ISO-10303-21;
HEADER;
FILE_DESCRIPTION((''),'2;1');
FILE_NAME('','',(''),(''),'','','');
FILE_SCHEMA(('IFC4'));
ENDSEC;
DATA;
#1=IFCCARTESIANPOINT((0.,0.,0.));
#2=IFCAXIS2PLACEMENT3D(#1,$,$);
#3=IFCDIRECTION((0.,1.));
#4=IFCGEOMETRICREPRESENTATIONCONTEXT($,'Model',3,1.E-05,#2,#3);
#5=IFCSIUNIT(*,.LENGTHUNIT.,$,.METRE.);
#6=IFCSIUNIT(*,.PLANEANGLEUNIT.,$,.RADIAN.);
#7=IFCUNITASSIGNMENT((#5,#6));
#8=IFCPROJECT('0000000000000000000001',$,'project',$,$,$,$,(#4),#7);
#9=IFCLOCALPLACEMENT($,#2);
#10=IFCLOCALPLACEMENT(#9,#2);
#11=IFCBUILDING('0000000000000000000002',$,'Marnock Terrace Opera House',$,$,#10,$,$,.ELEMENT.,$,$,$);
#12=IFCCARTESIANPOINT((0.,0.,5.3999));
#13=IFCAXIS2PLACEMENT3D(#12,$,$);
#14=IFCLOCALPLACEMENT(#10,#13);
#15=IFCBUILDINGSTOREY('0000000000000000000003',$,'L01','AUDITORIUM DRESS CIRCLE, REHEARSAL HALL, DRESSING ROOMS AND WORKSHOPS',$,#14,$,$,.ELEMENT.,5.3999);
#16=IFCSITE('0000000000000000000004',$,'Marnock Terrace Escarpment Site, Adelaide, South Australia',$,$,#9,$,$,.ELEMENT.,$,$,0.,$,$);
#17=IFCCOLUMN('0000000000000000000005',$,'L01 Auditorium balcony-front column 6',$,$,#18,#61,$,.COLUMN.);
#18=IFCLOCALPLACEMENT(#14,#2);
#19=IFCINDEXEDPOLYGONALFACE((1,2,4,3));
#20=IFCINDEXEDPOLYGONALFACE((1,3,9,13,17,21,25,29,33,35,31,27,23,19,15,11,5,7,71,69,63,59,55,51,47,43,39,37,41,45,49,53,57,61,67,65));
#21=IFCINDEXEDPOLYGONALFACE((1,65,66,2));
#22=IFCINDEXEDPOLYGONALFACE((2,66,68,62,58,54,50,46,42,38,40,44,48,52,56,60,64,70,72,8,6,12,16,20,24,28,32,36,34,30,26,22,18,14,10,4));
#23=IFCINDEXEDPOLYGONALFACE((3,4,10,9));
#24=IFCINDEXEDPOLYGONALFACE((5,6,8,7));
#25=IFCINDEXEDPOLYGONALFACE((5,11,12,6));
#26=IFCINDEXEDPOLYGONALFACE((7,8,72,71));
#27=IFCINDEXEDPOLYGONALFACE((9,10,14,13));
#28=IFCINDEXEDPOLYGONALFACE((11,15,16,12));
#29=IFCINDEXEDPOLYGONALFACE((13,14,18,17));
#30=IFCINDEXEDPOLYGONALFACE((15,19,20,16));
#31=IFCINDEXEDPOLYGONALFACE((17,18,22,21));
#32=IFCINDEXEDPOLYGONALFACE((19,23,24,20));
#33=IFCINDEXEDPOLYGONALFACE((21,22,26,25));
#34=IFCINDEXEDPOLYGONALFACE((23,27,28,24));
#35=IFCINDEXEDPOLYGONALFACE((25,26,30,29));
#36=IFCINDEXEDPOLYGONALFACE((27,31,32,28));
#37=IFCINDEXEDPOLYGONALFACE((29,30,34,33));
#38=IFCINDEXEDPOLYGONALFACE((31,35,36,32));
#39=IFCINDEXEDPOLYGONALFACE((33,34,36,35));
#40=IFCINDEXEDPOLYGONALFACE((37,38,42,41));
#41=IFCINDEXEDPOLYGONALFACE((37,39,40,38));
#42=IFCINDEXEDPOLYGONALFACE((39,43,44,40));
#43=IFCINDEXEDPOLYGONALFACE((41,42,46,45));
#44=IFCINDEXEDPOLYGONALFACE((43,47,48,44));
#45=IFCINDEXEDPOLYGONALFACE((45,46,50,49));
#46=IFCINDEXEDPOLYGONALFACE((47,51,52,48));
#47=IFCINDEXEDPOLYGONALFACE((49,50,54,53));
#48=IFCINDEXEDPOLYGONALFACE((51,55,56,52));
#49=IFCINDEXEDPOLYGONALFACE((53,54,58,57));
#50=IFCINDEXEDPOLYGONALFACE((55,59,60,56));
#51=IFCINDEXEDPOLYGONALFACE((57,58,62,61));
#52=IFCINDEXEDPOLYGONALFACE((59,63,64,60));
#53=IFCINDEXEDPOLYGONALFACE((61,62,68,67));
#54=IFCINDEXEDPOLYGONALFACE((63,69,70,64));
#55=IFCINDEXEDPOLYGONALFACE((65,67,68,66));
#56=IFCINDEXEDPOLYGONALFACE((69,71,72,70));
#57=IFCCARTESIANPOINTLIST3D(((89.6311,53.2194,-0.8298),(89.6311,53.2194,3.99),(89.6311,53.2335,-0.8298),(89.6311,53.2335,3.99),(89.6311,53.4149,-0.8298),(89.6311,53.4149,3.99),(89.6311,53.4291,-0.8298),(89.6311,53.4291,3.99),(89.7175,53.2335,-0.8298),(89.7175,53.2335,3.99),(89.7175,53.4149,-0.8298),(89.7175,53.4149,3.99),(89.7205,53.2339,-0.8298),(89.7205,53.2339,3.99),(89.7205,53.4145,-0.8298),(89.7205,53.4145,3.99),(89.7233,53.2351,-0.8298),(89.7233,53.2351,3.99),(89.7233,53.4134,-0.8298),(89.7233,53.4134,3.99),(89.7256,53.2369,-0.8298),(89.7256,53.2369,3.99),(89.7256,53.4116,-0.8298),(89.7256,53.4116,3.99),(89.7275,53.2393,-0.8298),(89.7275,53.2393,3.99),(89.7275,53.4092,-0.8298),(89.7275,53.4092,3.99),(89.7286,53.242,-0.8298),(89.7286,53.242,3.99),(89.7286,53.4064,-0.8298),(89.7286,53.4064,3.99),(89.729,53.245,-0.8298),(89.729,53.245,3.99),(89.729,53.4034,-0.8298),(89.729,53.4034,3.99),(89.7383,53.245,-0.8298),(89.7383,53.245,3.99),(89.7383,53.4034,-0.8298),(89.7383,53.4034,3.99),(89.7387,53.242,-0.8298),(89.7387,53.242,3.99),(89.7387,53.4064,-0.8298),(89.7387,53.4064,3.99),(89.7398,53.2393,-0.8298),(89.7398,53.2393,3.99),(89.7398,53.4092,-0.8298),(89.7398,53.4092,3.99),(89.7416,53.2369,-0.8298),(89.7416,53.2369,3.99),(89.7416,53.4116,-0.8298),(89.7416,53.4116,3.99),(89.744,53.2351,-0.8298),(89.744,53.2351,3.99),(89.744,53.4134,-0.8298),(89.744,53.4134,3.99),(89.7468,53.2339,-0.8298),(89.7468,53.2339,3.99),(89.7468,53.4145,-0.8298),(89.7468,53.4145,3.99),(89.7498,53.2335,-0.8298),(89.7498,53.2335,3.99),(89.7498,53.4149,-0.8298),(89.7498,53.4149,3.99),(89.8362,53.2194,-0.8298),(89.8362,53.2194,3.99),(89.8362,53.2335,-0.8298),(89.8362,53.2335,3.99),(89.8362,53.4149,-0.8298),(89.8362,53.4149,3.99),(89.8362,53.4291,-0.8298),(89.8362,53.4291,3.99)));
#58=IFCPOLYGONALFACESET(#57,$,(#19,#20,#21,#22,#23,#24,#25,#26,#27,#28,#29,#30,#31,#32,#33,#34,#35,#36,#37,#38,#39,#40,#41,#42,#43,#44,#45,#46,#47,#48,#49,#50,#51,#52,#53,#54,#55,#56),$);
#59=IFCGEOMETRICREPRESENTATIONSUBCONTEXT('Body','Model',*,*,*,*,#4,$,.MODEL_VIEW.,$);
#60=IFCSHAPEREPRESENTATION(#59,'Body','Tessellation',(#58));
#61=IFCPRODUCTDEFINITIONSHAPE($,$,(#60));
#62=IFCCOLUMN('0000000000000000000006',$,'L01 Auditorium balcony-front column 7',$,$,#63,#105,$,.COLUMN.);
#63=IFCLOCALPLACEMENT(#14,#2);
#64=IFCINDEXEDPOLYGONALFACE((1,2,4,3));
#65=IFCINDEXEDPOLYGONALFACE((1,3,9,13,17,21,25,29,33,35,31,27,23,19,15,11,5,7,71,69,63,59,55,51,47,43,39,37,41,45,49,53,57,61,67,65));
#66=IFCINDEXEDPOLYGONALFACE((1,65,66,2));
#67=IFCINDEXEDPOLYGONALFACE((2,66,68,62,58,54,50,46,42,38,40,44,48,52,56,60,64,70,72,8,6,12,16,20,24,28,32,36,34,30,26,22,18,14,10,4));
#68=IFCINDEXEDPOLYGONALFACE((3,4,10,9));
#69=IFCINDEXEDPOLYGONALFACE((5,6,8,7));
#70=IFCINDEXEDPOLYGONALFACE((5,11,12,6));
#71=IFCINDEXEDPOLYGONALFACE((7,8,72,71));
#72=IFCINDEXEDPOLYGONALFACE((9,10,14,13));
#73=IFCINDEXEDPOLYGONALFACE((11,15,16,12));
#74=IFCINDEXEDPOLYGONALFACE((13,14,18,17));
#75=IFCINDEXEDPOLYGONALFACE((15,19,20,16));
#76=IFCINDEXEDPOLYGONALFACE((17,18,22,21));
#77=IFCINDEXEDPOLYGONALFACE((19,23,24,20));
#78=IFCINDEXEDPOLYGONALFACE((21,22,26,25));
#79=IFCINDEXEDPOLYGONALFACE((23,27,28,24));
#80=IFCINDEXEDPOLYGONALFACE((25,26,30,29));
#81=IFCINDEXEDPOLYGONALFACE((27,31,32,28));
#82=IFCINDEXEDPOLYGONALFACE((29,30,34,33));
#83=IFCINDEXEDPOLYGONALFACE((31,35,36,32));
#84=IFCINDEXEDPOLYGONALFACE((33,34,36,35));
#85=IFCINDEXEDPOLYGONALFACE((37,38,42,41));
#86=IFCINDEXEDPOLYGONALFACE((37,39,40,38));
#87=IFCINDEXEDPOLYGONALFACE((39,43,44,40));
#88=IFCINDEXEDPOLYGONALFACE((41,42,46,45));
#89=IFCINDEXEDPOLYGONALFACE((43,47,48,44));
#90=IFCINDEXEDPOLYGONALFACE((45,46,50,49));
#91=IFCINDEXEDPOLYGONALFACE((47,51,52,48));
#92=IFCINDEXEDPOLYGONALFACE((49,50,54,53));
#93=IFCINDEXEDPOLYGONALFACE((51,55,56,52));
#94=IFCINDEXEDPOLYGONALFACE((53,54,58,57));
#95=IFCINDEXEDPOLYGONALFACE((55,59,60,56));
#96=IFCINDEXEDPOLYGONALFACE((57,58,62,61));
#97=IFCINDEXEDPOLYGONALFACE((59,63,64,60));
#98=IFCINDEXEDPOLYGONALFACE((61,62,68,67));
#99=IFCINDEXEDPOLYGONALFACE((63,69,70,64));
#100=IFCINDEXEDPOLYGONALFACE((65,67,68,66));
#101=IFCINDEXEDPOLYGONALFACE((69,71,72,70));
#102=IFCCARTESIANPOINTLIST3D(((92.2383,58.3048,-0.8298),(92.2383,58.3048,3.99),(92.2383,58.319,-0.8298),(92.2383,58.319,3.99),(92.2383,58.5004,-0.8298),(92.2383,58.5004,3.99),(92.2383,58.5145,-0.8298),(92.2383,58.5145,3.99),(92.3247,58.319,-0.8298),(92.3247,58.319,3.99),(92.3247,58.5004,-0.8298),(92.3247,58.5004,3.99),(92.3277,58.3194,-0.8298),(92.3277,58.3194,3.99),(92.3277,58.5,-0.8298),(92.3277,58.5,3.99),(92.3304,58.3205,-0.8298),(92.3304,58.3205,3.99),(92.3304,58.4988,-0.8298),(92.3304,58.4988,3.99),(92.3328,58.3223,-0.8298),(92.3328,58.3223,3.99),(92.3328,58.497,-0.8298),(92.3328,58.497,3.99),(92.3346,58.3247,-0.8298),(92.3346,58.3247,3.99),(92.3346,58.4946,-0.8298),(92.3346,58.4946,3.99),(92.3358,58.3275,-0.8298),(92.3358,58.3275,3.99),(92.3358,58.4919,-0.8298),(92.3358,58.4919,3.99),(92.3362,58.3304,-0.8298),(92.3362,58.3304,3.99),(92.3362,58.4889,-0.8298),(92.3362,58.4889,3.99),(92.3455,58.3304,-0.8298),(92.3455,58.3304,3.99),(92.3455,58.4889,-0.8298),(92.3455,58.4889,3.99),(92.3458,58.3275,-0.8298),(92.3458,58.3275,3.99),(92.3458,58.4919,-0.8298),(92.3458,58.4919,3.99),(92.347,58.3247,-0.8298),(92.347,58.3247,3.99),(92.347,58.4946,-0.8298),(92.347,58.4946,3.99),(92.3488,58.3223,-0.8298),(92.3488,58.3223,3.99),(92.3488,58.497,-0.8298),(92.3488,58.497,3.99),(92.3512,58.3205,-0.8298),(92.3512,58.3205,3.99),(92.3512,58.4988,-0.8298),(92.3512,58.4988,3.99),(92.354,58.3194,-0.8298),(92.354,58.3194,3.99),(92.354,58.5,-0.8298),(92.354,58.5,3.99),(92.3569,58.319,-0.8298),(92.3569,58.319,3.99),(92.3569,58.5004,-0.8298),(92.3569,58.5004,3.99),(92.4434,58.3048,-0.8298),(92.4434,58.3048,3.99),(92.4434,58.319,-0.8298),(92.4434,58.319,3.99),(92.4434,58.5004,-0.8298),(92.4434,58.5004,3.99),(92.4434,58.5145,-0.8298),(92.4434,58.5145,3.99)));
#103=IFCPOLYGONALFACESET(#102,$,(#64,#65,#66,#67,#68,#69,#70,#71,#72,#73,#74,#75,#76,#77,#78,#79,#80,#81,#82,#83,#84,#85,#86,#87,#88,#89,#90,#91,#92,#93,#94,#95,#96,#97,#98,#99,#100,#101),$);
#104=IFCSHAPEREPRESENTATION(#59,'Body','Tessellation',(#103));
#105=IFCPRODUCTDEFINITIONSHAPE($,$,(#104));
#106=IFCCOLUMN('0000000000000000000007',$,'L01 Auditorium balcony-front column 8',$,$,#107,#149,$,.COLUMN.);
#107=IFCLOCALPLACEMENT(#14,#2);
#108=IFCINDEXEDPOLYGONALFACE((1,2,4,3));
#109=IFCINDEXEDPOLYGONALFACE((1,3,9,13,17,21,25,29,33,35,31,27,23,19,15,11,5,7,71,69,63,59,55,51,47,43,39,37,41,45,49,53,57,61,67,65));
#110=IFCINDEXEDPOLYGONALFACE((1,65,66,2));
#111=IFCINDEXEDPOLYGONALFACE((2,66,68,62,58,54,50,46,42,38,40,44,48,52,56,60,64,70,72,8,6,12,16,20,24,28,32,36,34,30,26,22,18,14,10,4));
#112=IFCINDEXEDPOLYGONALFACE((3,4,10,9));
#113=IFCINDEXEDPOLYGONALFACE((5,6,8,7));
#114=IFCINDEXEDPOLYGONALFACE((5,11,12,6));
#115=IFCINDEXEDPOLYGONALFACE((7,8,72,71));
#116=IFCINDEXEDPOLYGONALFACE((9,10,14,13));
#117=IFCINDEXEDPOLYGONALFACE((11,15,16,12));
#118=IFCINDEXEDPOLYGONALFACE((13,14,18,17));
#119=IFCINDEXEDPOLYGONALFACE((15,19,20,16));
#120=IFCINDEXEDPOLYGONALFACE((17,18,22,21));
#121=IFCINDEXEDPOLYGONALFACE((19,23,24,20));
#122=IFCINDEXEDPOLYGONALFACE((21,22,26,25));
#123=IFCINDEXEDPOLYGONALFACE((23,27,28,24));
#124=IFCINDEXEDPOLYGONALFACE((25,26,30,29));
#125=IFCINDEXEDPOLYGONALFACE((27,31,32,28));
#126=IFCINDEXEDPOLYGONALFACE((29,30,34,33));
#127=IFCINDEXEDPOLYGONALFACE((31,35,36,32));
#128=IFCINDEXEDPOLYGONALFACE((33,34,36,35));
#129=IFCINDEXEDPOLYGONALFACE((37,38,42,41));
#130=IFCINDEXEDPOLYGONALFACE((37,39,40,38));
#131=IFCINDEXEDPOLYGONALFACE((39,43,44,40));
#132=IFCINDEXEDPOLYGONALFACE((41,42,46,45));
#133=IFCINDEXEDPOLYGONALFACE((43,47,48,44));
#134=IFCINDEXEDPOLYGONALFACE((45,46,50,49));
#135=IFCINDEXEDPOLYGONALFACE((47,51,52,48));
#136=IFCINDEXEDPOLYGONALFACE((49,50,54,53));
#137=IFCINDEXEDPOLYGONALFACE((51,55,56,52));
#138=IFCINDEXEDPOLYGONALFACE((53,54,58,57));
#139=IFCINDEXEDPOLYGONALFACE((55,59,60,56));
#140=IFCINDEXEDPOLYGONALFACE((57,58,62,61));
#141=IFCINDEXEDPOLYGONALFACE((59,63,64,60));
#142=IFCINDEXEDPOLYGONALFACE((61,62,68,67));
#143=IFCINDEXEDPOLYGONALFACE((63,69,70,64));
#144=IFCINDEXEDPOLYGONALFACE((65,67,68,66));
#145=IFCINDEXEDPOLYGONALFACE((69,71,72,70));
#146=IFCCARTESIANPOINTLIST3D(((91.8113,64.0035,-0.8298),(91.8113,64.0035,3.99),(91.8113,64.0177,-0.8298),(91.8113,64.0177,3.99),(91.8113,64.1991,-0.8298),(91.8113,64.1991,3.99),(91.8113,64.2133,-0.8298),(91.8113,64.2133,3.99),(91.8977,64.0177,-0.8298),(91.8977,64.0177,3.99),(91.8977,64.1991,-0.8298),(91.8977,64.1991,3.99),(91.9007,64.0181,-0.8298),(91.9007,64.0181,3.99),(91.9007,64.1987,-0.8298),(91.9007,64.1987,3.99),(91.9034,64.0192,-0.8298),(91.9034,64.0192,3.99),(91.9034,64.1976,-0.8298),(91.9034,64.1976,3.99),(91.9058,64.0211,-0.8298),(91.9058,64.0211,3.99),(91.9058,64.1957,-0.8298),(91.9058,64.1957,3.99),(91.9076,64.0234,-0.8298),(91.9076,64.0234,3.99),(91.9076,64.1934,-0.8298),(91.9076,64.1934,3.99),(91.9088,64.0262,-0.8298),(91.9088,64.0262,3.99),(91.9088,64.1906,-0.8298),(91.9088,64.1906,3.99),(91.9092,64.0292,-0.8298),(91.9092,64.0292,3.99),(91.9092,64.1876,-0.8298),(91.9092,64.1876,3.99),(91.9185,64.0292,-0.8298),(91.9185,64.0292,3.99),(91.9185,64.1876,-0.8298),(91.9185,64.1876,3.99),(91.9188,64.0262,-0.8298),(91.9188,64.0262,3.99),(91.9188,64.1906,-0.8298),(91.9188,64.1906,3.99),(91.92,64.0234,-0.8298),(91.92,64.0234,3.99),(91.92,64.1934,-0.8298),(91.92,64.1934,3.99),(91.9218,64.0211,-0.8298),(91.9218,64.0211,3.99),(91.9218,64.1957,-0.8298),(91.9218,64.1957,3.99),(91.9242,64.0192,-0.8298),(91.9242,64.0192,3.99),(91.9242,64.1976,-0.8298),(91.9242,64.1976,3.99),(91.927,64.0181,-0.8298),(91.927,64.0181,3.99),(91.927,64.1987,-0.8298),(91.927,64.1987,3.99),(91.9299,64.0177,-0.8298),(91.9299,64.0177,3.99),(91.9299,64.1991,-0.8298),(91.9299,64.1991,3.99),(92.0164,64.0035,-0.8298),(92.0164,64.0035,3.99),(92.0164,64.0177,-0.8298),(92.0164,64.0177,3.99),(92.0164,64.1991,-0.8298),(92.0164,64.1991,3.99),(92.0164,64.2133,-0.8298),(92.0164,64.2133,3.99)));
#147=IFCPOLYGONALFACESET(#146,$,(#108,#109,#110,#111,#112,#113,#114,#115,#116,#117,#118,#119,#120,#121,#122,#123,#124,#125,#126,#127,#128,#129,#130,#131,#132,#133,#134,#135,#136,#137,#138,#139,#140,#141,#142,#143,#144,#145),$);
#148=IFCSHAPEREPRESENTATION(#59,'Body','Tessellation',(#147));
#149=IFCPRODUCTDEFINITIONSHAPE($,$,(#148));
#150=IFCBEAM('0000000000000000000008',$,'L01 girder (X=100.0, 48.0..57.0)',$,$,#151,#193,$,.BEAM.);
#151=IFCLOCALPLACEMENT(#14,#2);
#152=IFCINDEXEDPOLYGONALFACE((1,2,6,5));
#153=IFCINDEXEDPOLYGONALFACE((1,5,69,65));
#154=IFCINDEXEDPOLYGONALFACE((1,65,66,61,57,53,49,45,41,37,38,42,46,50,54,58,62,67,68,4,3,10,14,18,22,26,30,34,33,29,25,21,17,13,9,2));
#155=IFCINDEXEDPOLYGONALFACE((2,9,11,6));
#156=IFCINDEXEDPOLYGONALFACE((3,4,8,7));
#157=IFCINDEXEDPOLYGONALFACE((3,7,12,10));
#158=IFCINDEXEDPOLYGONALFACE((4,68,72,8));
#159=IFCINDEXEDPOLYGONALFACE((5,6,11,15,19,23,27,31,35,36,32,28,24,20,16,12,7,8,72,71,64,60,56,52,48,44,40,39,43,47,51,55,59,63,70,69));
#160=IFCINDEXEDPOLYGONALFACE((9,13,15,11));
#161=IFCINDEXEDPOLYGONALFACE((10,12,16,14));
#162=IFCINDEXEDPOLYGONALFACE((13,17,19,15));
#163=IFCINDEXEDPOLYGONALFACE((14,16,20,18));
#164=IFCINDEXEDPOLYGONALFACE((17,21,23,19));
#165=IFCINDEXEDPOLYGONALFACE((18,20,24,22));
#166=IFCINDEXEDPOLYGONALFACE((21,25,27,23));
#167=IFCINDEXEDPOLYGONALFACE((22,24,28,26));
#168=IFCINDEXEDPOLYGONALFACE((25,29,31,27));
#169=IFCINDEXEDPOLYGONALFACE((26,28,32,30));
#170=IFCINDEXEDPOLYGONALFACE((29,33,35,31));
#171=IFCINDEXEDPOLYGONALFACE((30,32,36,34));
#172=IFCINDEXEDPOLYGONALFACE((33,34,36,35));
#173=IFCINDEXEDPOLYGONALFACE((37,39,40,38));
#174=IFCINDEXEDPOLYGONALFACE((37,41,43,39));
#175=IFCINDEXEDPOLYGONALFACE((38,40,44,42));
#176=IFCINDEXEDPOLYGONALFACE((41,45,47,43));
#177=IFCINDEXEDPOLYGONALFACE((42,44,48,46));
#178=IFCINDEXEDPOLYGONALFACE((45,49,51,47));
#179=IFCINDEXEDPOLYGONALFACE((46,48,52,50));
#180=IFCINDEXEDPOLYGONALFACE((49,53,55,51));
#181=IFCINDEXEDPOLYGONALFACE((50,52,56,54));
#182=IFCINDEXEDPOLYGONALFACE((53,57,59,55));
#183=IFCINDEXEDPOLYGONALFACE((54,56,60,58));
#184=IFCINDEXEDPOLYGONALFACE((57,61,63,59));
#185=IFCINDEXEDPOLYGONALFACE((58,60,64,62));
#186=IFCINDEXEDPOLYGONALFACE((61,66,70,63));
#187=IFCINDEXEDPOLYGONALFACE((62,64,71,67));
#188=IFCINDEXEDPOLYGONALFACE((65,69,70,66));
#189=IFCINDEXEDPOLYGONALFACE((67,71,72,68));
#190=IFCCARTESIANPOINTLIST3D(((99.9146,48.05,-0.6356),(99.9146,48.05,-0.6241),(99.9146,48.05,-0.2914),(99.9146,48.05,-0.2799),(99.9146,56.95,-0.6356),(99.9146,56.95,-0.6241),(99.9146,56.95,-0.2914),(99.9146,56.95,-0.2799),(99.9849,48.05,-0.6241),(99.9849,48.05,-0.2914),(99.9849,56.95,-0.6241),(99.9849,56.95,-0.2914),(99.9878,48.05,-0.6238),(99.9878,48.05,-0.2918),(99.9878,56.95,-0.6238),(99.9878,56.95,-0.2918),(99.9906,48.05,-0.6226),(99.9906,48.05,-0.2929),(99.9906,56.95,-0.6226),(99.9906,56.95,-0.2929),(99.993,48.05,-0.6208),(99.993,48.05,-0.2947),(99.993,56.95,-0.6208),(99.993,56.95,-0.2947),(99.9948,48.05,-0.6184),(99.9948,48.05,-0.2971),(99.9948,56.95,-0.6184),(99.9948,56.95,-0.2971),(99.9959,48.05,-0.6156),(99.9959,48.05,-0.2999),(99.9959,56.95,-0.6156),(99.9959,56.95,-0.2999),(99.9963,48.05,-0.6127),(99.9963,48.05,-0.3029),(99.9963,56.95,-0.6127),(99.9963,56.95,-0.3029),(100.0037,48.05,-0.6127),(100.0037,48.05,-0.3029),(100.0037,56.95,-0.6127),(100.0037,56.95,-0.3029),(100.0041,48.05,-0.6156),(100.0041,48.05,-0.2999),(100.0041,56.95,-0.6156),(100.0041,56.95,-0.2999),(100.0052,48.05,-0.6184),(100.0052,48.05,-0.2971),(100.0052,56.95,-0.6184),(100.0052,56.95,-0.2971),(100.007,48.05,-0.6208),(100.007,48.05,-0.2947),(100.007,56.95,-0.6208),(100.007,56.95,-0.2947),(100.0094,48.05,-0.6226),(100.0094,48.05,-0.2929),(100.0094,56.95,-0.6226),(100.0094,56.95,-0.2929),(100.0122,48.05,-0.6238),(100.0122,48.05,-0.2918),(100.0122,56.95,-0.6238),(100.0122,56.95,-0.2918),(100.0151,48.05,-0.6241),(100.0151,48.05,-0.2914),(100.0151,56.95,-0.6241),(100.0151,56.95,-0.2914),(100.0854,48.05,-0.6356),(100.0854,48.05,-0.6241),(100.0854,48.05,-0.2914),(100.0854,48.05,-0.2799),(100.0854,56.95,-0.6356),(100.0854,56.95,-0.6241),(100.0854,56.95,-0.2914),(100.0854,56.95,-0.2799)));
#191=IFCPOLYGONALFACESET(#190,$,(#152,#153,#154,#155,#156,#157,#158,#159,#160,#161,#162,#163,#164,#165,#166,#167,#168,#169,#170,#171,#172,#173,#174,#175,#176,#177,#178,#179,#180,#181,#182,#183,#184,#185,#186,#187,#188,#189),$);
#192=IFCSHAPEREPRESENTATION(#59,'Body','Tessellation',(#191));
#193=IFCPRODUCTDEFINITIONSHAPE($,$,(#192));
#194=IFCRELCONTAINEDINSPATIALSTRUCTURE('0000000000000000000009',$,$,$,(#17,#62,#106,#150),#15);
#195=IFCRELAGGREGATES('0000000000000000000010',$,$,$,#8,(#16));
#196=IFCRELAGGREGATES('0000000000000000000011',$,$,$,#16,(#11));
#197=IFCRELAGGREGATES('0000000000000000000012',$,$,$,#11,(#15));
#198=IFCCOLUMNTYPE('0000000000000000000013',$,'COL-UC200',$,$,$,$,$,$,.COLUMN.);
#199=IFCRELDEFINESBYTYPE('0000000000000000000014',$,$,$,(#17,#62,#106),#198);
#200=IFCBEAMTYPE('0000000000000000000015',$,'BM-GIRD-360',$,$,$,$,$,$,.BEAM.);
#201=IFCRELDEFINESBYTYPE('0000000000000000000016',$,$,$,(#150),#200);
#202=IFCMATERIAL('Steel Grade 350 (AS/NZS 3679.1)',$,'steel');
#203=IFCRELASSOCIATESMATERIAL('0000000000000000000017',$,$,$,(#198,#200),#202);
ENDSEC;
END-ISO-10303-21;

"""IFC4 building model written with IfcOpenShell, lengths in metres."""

from ifc_helpers import new_model, si_unit, direction, frame, origin, origin_2d, place, context, subcontext, project, spatial, i_section, extrude, material, material_profile, profile_set, type_object, element, save


model = new_model("IFC4")

# Units and contexts
model_context = context("Model", 3, precision=1e-05, world=origin(), true_north=direction((0.0, 1.0)))
body_context = subcontext(model_context, "Body", "Model", "MODEL_VIEW")
ifc_project = project(units=[si_unit("LENGTHUNIT", "METRE"), si_unit("PLANEANGLEUNIT", "RADIAN")], contexts=[model_context])

# Site, building, storey
site_placement = place(None, origin())
site = spatial("IfcSite", under=ifc_project, at=site_placement, Name="Marnock Terrace Escarpment Site, Adelaide, South Australia", CompositionType="ELEMENT", RefElevation=0.0)
building_placement = place(site_placement, origin())
building = spatial("IfcBuilding", under=site, at=building_placement, Name="Marnock Terrace Opera House", CompositionType="ELEMENT")
storey_placement = place(building_placement, frame((0.0, 0.0, 5.3999)))
storey = spatial("IfcBuildingStorey", under=building, at=storey_placement, Name="L01", Description="AUDITORIUM DRESS CIRCLE, REHEARSAL HALL, DRESSING ROOMS AND WORKSHOPS", CompositionType="ELEMENT", Elevation=5.3999)

# Columns
ifc_material_1 = material(Name="Steel Grade 350 (AS/NZS 3679.1)", Category="steel")
ifc_material_profile_1 = material_profile(ifc_material_1, i_section(OverallWidth=0.2051, OverallDepth=0.2097, WebThickness=0.0093, FlangeThickness=0.0142, FilletRadius=0.0115, at=origin_2d()))
ifc_profile_set_1 = profile_set([ifc_material_profile_1], Name="Steel Grade 350 (AS/NZS 3679.1)")
column_type_1 = type_object("IfcColumnType", Name="COL-UC200", PredefinedType="COLUMN", material=ifc_profile_set_1)
for number, where, z_axis, x_axis, name in (
    (1, (89.7336, 53.3242, -0.8298), (0.0, 0.0, 1.0), (1.0, 0.0, 0.0), "L01 Auditorium balcony-front column 6"),
    (2, (92.3408, 58.4097, -0.8298), (0.0, 0.0, 1.0), (1.0, 0.0, 0.0), "L01 Auditorium balcony-front column 7"),
    (3, (91.9138, 64.1084, -0.8298), (0.0, 0.0, 1.0), (1.0, 0.0, 0.0), "L01 Auditorium balcony-front column 8"),
):
    element("IfcColumn", number, at=place(storey_placement, frame(where, z_axis=z_axis, x_axis=x_axis)), inside=storey, type_object=column_type_1, Name=name, PredefinedType="COLUMN", context=body_context, shape_type="SweptSolid", body=[
        extrude(i_section(OverallWidth=0.2051, OverallDepth=0.2097, WebThickness=0.0093, FlangeThickness=0.0142, FilletRadius=0.0115, at=origin_2d()), origin(), (0.0, 0.0, 1.0), 4.8198),
    ])

# Beam
ifc_material_profile_2 = material_profile(ifc_material_1, i_section(OverallWidth=0.1709, OverallDepth=0.3557, WebThickness=0.0073, FlangeThickness=0.0115, FilletRadius=0.0115, at=origin_2d()))
ifc_profile_set_2 = profile_set([ifc_material_profile_2], Name="Steel Grade 350 (AS/NZS 3679.1)")
beam_type_1 = type_object("IfcBeamType", Name="BM-GIRD-360", PredefinedType="BEAM", material=ifc_profile_set_2)
beam_1_placement = place(storey_placement, frame((100.0, 48.05, -0.4578), z_axis=(0.0, 1.0, 0.0), x_axis=(-1.0, 0.0, 0.0)))
element("IfcBeam", 4, at=beam_1_placement, inside=storey, type_object=beam_type_1, Name="L01 girder (X=100.0, 48.0..57.0)", PredefinedType="BEAM", context=body_context, shape_type="SweptSolid", body=[
    extrude(i_section(OverallWidth=0.1709, OverallDepth=0.3557, WebThickness=0.0073, FlangeThickness=0.0115, FilletRadius=0.0115, at=origin_2d()), origin(), (0.0, 0.0, 1.0), 8.8999),
])

save(model, "model.ifc")
